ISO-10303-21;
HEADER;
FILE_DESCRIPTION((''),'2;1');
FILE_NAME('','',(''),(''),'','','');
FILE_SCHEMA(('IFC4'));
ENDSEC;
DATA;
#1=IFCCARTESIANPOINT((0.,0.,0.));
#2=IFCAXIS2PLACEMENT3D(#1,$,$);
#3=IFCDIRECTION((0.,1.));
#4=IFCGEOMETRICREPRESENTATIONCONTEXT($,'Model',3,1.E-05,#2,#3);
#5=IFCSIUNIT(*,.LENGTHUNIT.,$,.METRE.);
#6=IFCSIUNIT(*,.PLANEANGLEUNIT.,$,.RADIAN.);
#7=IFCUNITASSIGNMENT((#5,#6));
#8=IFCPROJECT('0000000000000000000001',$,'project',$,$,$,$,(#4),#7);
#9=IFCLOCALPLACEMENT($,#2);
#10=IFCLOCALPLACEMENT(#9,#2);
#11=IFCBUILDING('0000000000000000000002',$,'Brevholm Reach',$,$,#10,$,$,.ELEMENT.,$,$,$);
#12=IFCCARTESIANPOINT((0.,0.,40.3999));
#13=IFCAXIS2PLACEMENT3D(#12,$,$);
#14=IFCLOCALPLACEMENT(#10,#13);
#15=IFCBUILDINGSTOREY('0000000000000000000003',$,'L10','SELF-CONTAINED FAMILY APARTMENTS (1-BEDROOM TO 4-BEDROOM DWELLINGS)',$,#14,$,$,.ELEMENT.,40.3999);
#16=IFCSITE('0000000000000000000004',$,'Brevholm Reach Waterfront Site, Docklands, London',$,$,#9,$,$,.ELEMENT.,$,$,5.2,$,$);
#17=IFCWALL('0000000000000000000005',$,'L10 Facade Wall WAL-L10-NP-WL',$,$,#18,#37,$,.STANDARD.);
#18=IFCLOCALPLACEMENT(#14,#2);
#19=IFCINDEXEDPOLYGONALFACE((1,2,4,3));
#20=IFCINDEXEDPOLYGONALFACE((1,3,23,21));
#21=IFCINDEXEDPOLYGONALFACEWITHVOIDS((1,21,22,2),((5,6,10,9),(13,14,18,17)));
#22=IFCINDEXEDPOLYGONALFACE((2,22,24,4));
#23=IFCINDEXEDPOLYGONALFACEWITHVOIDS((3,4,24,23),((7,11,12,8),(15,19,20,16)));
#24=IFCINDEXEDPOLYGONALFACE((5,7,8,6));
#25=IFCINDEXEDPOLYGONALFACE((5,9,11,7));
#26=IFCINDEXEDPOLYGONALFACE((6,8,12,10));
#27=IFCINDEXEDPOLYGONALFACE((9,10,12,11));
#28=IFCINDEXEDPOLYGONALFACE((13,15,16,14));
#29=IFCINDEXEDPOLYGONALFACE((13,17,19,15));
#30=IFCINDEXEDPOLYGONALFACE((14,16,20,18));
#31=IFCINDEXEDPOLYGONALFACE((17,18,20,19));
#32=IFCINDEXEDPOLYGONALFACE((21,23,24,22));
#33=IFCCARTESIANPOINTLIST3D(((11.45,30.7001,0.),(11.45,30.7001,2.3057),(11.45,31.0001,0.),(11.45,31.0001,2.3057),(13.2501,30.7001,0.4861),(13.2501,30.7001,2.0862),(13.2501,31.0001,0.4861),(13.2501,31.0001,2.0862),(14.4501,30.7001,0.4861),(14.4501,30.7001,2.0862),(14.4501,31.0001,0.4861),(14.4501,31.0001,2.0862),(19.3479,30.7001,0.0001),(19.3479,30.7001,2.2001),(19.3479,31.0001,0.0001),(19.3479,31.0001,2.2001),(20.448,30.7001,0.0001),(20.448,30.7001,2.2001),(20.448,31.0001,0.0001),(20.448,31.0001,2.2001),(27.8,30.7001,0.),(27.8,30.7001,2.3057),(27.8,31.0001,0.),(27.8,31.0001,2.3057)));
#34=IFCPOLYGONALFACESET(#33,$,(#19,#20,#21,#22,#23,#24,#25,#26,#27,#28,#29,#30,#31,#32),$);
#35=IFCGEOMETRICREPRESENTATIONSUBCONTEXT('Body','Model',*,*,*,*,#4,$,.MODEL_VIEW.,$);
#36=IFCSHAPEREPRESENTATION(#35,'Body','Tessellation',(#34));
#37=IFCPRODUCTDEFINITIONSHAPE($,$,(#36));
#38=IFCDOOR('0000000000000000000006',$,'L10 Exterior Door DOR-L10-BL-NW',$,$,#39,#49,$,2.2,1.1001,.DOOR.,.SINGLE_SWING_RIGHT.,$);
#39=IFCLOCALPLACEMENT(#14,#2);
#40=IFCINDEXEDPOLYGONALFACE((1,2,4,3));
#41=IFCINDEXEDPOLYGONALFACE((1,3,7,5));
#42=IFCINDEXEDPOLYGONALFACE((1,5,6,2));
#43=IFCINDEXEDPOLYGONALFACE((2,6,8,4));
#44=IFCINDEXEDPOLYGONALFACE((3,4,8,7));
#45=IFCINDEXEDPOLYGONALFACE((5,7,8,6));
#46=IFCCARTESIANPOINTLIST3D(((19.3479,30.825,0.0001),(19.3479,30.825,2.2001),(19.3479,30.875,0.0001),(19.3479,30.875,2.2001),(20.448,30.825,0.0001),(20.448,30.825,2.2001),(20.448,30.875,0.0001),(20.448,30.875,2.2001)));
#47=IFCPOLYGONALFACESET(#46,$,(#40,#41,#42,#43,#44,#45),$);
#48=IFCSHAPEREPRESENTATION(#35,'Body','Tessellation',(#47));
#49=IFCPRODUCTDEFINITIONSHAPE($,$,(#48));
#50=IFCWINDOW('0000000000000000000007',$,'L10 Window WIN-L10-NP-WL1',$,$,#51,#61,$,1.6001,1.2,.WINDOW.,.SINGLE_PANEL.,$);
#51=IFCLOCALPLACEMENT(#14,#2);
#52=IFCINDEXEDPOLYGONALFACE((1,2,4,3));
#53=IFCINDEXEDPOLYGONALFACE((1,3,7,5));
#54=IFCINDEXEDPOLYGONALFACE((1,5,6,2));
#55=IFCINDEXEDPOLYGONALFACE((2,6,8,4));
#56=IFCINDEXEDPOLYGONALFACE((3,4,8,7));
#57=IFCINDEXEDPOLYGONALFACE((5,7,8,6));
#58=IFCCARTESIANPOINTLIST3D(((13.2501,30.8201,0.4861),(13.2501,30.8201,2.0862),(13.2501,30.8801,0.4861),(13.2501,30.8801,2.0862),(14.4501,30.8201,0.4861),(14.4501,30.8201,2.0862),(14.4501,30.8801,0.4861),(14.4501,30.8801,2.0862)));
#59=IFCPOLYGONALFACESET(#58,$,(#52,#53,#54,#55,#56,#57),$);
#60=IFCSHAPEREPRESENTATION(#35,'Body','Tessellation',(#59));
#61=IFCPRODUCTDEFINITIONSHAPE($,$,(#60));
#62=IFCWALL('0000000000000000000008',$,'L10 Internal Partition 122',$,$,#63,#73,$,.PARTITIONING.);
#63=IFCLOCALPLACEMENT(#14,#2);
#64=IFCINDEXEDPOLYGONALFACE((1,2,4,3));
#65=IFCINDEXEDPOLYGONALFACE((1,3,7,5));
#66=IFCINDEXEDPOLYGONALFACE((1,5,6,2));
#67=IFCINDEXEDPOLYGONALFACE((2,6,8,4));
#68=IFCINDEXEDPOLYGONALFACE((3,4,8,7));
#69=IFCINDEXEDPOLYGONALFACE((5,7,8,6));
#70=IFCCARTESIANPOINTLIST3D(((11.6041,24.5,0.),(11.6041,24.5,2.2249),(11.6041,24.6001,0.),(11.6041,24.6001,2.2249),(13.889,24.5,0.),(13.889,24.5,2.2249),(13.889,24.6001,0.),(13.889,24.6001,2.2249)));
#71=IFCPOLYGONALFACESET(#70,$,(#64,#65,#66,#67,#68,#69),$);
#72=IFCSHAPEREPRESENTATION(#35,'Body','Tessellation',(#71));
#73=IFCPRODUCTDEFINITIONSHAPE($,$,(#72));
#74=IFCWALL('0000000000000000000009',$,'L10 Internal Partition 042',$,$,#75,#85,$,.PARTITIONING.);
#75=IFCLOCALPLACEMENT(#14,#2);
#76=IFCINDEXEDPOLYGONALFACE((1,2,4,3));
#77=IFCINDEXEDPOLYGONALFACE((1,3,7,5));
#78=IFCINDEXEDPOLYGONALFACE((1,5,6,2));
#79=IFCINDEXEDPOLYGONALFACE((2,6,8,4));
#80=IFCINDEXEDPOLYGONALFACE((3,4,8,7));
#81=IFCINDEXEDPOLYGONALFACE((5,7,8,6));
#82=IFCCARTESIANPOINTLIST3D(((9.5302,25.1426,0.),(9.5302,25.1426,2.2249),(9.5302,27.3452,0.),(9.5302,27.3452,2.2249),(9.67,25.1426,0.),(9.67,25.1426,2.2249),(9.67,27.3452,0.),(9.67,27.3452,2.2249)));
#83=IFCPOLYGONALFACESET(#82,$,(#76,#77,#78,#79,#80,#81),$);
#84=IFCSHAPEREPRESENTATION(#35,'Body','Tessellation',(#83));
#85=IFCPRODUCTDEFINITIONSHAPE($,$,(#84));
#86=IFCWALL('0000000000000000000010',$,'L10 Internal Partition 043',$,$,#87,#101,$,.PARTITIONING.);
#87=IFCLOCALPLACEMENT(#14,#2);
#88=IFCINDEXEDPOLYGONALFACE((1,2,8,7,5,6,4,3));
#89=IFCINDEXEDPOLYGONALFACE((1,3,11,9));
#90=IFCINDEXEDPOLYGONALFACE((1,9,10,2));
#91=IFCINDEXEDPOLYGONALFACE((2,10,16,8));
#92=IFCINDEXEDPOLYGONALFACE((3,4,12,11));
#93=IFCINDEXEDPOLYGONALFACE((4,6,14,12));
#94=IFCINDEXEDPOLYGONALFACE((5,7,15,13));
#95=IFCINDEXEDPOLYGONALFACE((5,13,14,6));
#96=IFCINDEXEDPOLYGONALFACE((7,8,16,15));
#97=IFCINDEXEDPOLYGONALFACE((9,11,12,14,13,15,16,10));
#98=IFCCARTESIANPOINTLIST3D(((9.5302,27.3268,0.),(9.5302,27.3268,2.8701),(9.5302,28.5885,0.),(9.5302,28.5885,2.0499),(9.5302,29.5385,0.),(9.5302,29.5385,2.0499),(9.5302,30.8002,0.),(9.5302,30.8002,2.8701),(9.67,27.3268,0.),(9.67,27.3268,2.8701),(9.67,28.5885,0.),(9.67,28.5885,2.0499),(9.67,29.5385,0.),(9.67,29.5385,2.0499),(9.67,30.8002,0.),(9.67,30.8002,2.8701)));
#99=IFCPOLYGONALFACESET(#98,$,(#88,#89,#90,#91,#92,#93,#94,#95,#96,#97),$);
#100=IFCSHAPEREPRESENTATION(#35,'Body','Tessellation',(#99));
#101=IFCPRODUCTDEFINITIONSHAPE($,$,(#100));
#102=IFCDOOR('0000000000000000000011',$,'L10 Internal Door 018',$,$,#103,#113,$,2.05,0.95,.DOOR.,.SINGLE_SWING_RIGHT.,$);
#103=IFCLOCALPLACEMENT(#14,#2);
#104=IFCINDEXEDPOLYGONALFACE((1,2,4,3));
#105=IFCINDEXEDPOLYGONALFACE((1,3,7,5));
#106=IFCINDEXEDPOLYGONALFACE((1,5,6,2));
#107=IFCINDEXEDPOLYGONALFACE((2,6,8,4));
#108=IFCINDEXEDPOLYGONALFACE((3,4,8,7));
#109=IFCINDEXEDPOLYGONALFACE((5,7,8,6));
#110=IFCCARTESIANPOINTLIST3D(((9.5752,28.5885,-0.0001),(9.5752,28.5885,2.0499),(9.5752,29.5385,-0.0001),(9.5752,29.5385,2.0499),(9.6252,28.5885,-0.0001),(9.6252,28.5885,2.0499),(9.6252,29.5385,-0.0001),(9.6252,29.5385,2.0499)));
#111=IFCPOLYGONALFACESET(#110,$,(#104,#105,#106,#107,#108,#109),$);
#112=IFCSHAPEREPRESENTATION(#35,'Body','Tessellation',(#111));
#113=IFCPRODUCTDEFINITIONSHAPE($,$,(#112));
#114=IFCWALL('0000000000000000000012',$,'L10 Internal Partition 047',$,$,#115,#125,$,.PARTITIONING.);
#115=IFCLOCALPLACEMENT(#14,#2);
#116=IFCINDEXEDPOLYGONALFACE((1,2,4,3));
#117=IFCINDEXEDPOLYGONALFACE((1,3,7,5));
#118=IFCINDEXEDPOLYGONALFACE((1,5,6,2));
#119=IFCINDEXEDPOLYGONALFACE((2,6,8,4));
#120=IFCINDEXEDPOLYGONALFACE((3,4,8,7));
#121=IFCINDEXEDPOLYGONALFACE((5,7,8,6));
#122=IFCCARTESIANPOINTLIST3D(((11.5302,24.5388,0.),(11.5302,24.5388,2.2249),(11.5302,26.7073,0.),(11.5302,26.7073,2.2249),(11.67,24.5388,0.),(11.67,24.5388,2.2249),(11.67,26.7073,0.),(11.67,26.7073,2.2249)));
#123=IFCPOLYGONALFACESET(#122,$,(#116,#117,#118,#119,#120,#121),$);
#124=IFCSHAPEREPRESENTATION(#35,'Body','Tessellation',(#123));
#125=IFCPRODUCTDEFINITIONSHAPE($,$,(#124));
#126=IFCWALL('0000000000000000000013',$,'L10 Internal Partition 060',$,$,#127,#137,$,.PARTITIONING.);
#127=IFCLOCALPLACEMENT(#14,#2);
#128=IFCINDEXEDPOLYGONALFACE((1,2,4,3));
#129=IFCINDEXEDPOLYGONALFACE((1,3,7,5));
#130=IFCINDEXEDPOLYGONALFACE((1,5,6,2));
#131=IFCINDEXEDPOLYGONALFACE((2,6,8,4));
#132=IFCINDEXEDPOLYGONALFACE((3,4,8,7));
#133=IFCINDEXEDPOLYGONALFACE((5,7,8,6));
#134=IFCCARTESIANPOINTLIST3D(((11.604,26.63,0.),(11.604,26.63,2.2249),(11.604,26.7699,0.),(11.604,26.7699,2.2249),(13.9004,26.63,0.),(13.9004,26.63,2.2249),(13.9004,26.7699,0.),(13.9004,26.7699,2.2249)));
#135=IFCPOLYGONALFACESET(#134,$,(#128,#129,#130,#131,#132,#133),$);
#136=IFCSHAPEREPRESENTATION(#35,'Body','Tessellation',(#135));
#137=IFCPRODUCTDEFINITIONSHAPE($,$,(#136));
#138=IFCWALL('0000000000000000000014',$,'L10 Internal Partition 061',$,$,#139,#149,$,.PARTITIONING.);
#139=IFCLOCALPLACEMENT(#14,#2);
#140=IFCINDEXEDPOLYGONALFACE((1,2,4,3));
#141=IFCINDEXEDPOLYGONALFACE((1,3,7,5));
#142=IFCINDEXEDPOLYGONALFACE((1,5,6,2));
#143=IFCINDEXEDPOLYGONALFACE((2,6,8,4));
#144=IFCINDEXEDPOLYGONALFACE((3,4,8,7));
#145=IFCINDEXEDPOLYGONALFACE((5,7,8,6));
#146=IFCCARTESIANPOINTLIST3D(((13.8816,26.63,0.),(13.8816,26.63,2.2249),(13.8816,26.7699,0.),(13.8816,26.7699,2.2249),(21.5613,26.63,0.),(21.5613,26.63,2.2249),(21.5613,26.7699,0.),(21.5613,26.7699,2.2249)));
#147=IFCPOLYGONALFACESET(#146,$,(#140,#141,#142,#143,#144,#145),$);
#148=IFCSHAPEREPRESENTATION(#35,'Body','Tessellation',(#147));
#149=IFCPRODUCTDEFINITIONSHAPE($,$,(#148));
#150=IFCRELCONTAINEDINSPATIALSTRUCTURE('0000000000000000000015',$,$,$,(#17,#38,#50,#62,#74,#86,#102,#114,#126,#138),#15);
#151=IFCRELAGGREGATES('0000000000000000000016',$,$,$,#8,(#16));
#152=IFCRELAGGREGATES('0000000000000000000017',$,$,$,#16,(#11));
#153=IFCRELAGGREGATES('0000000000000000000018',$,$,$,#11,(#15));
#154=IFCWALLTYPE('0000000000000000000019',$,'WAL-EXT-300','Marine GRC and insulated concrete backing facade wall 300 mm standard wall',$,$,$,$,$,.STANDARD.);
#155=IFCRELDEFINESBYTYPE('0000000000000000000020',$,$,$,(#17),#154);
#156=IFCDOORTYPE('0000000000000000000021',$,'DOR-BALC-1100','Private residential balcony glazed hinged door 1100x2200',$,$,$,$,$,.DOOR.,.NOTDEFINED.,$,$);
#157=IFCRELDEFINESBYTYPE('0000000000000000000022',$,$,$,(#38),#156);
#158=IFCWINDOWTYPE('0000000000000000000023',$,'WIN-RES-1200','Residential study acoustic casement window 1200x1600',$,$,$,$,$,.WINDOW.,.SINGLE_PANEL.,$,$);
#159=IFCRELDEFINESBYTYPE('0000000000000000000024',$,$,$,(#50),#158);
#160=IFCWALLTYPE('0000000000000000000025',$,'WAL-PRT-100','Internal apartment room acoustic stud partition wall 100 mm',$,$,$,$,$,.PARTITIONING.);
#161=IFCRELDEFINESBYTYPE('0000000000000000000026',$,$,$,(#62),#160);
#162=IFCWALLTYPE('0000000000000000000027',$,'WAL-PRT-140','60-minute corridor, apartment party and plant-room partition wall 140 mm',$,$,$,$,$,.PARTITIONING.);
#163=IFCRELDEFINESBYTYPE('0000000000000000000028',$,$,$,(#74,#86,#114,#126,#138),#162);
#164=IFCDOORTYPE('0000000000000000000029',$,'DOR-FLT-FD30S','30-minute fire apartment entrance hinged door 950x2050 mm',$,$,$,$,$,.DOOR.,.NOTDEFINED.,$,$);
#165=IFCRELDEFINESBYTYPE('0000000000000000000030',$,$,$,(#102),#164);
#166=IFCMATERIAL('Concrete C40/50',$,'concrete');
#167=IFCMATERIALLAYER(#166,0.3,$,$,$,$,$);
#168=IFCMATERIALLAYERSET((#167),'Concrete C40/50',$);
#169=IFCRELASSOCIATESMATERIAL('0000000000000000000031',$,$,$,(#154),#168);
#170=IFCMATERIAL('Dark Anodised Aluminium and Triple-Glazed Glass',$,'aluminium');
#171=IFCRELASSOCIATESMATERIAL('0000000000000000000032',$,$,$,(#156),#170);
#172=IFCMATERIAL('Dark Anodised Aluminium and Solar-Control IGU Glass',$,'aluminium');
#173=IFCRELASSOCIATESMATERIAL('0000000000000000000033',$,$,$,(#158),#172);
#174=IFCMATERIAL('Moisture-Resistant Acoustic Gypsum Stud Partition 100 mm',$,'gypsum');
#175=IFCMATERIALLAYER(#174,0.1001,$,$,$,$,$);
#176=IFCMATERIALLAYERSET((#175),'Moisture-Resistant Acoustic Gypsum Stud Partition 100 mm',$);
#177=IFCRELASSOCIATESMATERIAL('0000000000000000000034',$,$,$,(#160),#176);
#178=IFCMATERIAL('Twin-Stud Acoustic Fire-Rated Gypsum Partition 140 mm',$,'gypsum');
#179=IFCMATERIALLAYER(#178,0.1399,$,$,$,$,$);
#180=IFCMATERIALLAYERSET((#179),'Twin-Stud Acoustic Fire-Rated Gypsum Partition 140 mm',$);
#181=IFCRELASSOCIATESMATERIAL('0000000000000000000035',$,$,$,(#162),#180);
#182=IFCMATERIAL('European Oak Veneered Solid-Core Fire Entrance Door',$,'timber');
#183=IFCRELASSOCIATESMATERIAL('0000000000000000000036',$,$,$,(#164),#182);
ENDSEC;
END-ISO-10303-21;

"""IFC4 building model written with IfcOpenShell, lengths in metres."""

from ifc_helpers import new_model, si_unit, direction, frame, frame_2d, origin, place, context, subcontext, project, spatial, rectangle, extrude, material, layer, layer_set, type_object, element, fill, save


model = new_model("IFC4")

# Units and contexts
model_context = context("Model", 3, precision=1e-05, world=origin(), true_north=direction((0.0, 1.0)))
body_context = subcontext(model_context, "Body", "Model", "MODEL_VIEW")
ifc_project = project(units=[si_unit("LENGTHUNIT", "METRE"), si_unit("PLANEANGLEUNIT", "RADIAN")], contexts=[model_context])

# Site, building, storey
site_placement = place(None, origin())
site = spatial("IfcSite", under=ifc_project, at=site_placement, Name="Brevholm Reach Waterfront Site, Docklands, London", CompositionType="ELEMENT", RefElevation=5.2)
building_placement = place(site_placement, origin())
building = spatial("IfcBuilding", under=site, at=building_placement, Name="Brevholm Reach", CompositionType="ELEMENT")
storey_placement = place(building_placement, frame((0.0, 0.0, 40.3999)))
storey = spatial("IfcBuildingStorey", under=building, at=storey_placement, Name="L10", Description="SELF-CONTAINED FAMILY APARTMENTS (1-BEDROOM TO 4-BEDROOM DWELLINGS)", CompositionType="ELEMENT", Elevation=40.3999)

# Wall, openings, door, window
ifc_material_1 = material(Name="Concrete C40/50", Category="concrete")
ifc_layer_1 = layer(ifc_material_1, 0.3)
ifc_layer_set_1 = layer_set([ifc_layer_1], Name="Concrete C40/50")
wall_type_1 = type_object("IfcWallType", Name="WAL-EXT-300", Description="Marine GRC and insulated concrete backing facade wall 300 mm standard wall", PredefinedType="STANDARD", material=ifc_layer_set_1)
wall_1_placement = place(storey_placement, frame((11.45, 30.8501, 0.0), z_axis=(0.0, 0.0, 1.0), x_axis=(1.0, 0.0, 0.0)))
wall_1 = element("IfcWall", 1, at=wall_1_placement, inside=storey, type_object=wall_type_1, Name="L10 Facade Wall WAL-L10-NP-WL", PredefinedType="STANDARD", context=body_context, shape_type="SweptSolid", body=[
    extrude(rectangle(XDim=16.3501, YDim=0.3, at=frame_2d((8.175, 0.0))), origin(), (0.0, 0.0, 1.0), 2.3057),
])
opening_1_placement = place(wall_1_placement, frame((7.8979, 0.0, 0.0)))
opening_1 = element("IfcOpeningElement", 2, at=opening_1_placement, cuts=wall_1, PredefinedType="OPENING", context=body_context, shape_type="SweptSolid", body=[
    extrude(rectangle(XDim=1.1001, YDim=2.2, at=frame_2d((0.55, 1.1001))), frame((0.0, 0.1599, 0.0), z_axis=(0.0, -1.0, 0.0), x_axis=(1.0, 0.0, 0.0)), (0.0, 0.0, 1.0), 0.3201),
])
opening_2_placement = place(wall_1_placement, frame((1.8, 0.0, 0.4861)))
opening_2 = element("IfcOpeningElement", 3, at=opening_2_placement, cuts=wall_1, PredefinedType="OPENING", context=body_context, shape_type="SweptSolid", body=[
    extrude(rectangle(XDim=1.2, YDim=1.6001, at=frame_2d((0.6001, 0.8))), frame((0.0, 0.1599, 0.0), z_axis=(0.0, -1.0, 0.0), x_axis=(1.0, 0.0, 0.0)), (0.0, 0.0, 1.0), 0.3201),
])
ifc_material_2 = material(Name="Dark Anodised Aluminium and Triple-Glazed Glass", Category="aluminium")
door_type_1 = type_object("IfcDoorType", Name="DOR-BALC-1100", Description="Private residential balcony glazed hinged door 1100x2200", OperationType="NOTDEFINED", PredefinedType="DOOR", material=ifc_material_2)
door_1_placement = place(opening_1_placement, origin())
door_1 = element("IfcDoor", 4, at=door_1_placement, inside=storey, type_object=door_type_1, Name="L10 Exterior Door DOR-L10-BL-NW", OperationType="SINGLE_SWING_RIGHT", OverallHeight=2.2, OverallWidth=1.1001, PredefinedType="DOOR", context=body_context, shape_type="SweptSolid", body=[
    extrude(rectangle(XDim=1.1001, YDim=2.2, at=frame_2d((0.55, 1.1001))), frame((0.0, 0.0249, 0.0), z_axis=(0.0, -1.0, 0.0), x_axis=(1.0, 0.0, 0.0)), (0.0, 0.0, 1.0), 0.05),
])
fill(opening_1, door_1)
ifc_material_3 = material(Name="Dark Anodised Aluminium and Solar-Control IGU Glass", Category="aluminium")
window_type = type_object("IfcWindowType", Name="WIN-RES-1200", Description="Residential study acoustic casement window 1200x1600", PartitioningType="SINGLE_PANEL", PredefinedType="WINDOW", material=ifc_material_3)
window_placement = place(opening_2_placement, origin())
window = element("IfcWindow", 5, at=window_placement, inside=storey, type_object=window_type, Name="L10 Window WIN-L10-NP-WL1", OverallHeight=1.6001, OverallWidth=1.2, PartitioningType="SINGLE_PANEL", PredefinedType="WINDOW", context=body_context, shape_type="SweptSolid", body=[
    extrude(rectangle(XDim=1.2, YDim=1.6001, at=frame_2d((0.6001, 0.8))), frame((0.0, 0.03, 0.0), z_axis=(0.0, -1.0, 0.0), x_axis=(1.0, 0.0, 0.0)), (0.0, 0.0, 1.0), 0.0601),
])
fill(opening_2, window)

# Walls
ifc_material_4 = material(Name="Moisture-Resistant Acoustic Gypsum Stud Partition 100 mm", Category="gypsum")
ifc_layer_2 = layer(ifc_material_4, 0.1001)
ifc_layer_set_2 = layer_set([ifc_layer_2], Name="Moisture-Resistant Acoustic Gypsum Stud Partition 100 mm")
wall_type_2 = type_object("IfcWallType", Name="WAL-PRT-100", Description="Internal apartment room acoustic stud partition wall 100 mm", PredefinedType="PARTITIONING", material=ifc_layer_set_2)
wall_2_placement = place(storey_placement, frame((11.604, 24.55, 0.0), z_axis=(0.0, 0.0, 1.0), x_axis=(1.0, 0.0, 0.0)))
element("IfcWall", 6, at=wall_2_placement, inside=storey, type_object=wall_type_2, Name="L10 Internal Partition 122", PredefinedType="PARTITIONING", context=body_context, shape_type="SweptSolid", body=[
    extrude(rectangle(XDim=2.2849, YDim=0.1001, at=frame_2d((1.1426, 0.0))), origin(), (0.0, 0.0, 1.0), 2.2249),
])
ifc_material_5 = material(Name="Twin-Stud Acoustic Fire-Rated Gypsum Partition 140 mm", Category="gypsum")
ifc_layer_3 = layer(ifc_material_5, 0.1399)
ifc_layer_set_3 = layer_set([ifc_layer_3], Name="Twin-Stud Acoustic Fire-Rated Gypsum Partition 140 mm")
wall_type_3 = type_object("IfcWallType", Name="WAL-PRT-140", Description="60-minute corridor, apartment party and plant-room partition wall 140 mm", PredefinedType="PARTITIONING", material=ifc_layer_set_3)
wall_3_placement = place(storey_placement, frame((9.6001, 25.1426, 0.0), z_axis=(0.0, 0.0, 1.0), x_axis=(0.0, 1.0, 0.0)))
element("IfcWall", 7, at=wall_3_placement, inside=storey, type_object=wall_type_3, Name="L10 Internal Partition 042", PredefinedType="PARTITIONING", context=body_context, shape_type="SweptSolid", body=[
    extrude(rectangle(XDim=2.2026, YDim=0.1399, at=frame_2d((1.1013, 0.0))), origin(), (0.0, 0.0, 1.0), 2.2249),
])

# Wall, opening, door
wall_4_placement = place(storey_placement, frame((9.6001, 27.3267, 0.0), z_axis=(0.0, 0.0, 1.0), x_axis=(0.0, 1.0, 0.0)))
wall_4 = element("IfcWall", 8, at=wall_4_placement, inside=storey, type_object=wall_type_3, Name="L10 Internal Partition 043", PredefinedType="PARTITIONING", context=body_context, shape_type="SweptSolid", body=[
    extrude(rectangle(XDim=3.4734, YDim=0.1399, at=frame_2d((1.7368, 0.0))), origin(), (0.0, 0.0, 1.0), 2.8701),
])
opening_3_placement = place(wall_4_placement, frame((1.2617, 0.0, 0.0)))
opening_3 = element("IfcOpeningElement", 9, at=opening_3_placement, cuts=wall_4, PredefinedType="OPENING", context=body_context, shape_type="SweptSolid", body=[
    extrude(rectangle(XDim=0.95, YDim=2.05, at=frame_2d((0.4751, 1.0249))), frame((0.0, 0.0798, 0.0), z_axis=(0.0, -1.0, 0.0), x_axis=(1.0, 0.0, 0.0)), (0.0, 0.0, 1.0), 0.1599),
])
ifc_material_6 = material(Name="European Oak Veneered Solid-Core Fire Entrance Door", Category="timber")
door_type_2 = type_object("IfcDoorType", Name="DOR-FLT-FD30S", Description="30-minute fire apartment entrance hinged door 950x2050 mm", OperationType="NOTDEFINED", PredefinedType="DOOR", material=ifc_material_6)
door_2_placement = place(opening_3_placement, origin())
door_2 = element("IfcDoor", 10, at=door_2_placement, inside=storey, type_object=door_type_2, Name="L10 Internal Door 018", OperationType="SINGLE_SWING_RIGHT", OverallHeight=2.05, OverallWidth=0.95, PredefinedType="DOOR", context=body_context, shape_type="SweptSolid", body=[
    extrude(rectangle(XDim=0.95, YDim=2.05, at=frame_2d((0.4751, 1.0249))), frame((0.0, 0.0249, 0.0), z_axis=(0.0, -1.0, 0.0), x_axis=(1.0, 0.0, 0.0)), (0.0, 0.0, 1.0), 0.05),
])
fill(opening_3, door_2)

# Walls
wall_5_placement = place(storey_placement, frame((11.6001, 24.5388, 0.0), z_axis=(0.0, 0.0, 1.0), x_axis=(0.0, 1.0, 0.0)))
element("IfcWall", 11, at=wall_5_placement, inside=storey, type_object=wall_type_3, Name="L10 Internal Partition 047", PredefinedType="PARTITIONING", context=body_context, shape_type="SweptSolid", body=[
    extrude(rectangle(XDim=2.1685, YDim=0.1399, at=frame_2d((1.0842, 0.0))), origin(), (0.0, 0.0, 1.0), 2.2249),
])
wall_6_placement = place(storey_placement, frame((11.604, 26.7, 0.0), z_axis=(0.0, 0.0, 1.0), x_axis=(1.0, 0.0, 0.0)))
element("IfcWall", 12, at=wall_6_placement, inside=storey, type_object=wall_type_3, Name="L10 Internal Partition 060", PredefinedType="PARTITIONING", context=body_context, shape_type="SweptSolid", body=[
    extrude(rectangle(XDim=2.2964, YDim=0.1399, at=frame_2d((1.1482, 0.0))), origin(), (0.0, 0.0, 1.0), 2.2249),
])
wall_7_placement = place(storey_placement, frame((13.8816, 26.7, 0.0), z_axis=(0.0, 0.0, 1.0), x_axis=(1.0, 0.0, 0.0)))
element("IfcWall", 13, at=wall_7_placement, inside=storey, type_object=wall_type_3, Name="L10 Internal Partition 061", PredefinedType="PARTITIONING", context=body_context, shape_type="SweptSolid", body=[
    extrude(rectangle(XDim=7.6797, YDim=0.1399, at=frame_2d((3.8398, 0.0))), origin(), (0.0, 0.0, 1.0), 2.2249),
])

save(model, "model.ifc")
